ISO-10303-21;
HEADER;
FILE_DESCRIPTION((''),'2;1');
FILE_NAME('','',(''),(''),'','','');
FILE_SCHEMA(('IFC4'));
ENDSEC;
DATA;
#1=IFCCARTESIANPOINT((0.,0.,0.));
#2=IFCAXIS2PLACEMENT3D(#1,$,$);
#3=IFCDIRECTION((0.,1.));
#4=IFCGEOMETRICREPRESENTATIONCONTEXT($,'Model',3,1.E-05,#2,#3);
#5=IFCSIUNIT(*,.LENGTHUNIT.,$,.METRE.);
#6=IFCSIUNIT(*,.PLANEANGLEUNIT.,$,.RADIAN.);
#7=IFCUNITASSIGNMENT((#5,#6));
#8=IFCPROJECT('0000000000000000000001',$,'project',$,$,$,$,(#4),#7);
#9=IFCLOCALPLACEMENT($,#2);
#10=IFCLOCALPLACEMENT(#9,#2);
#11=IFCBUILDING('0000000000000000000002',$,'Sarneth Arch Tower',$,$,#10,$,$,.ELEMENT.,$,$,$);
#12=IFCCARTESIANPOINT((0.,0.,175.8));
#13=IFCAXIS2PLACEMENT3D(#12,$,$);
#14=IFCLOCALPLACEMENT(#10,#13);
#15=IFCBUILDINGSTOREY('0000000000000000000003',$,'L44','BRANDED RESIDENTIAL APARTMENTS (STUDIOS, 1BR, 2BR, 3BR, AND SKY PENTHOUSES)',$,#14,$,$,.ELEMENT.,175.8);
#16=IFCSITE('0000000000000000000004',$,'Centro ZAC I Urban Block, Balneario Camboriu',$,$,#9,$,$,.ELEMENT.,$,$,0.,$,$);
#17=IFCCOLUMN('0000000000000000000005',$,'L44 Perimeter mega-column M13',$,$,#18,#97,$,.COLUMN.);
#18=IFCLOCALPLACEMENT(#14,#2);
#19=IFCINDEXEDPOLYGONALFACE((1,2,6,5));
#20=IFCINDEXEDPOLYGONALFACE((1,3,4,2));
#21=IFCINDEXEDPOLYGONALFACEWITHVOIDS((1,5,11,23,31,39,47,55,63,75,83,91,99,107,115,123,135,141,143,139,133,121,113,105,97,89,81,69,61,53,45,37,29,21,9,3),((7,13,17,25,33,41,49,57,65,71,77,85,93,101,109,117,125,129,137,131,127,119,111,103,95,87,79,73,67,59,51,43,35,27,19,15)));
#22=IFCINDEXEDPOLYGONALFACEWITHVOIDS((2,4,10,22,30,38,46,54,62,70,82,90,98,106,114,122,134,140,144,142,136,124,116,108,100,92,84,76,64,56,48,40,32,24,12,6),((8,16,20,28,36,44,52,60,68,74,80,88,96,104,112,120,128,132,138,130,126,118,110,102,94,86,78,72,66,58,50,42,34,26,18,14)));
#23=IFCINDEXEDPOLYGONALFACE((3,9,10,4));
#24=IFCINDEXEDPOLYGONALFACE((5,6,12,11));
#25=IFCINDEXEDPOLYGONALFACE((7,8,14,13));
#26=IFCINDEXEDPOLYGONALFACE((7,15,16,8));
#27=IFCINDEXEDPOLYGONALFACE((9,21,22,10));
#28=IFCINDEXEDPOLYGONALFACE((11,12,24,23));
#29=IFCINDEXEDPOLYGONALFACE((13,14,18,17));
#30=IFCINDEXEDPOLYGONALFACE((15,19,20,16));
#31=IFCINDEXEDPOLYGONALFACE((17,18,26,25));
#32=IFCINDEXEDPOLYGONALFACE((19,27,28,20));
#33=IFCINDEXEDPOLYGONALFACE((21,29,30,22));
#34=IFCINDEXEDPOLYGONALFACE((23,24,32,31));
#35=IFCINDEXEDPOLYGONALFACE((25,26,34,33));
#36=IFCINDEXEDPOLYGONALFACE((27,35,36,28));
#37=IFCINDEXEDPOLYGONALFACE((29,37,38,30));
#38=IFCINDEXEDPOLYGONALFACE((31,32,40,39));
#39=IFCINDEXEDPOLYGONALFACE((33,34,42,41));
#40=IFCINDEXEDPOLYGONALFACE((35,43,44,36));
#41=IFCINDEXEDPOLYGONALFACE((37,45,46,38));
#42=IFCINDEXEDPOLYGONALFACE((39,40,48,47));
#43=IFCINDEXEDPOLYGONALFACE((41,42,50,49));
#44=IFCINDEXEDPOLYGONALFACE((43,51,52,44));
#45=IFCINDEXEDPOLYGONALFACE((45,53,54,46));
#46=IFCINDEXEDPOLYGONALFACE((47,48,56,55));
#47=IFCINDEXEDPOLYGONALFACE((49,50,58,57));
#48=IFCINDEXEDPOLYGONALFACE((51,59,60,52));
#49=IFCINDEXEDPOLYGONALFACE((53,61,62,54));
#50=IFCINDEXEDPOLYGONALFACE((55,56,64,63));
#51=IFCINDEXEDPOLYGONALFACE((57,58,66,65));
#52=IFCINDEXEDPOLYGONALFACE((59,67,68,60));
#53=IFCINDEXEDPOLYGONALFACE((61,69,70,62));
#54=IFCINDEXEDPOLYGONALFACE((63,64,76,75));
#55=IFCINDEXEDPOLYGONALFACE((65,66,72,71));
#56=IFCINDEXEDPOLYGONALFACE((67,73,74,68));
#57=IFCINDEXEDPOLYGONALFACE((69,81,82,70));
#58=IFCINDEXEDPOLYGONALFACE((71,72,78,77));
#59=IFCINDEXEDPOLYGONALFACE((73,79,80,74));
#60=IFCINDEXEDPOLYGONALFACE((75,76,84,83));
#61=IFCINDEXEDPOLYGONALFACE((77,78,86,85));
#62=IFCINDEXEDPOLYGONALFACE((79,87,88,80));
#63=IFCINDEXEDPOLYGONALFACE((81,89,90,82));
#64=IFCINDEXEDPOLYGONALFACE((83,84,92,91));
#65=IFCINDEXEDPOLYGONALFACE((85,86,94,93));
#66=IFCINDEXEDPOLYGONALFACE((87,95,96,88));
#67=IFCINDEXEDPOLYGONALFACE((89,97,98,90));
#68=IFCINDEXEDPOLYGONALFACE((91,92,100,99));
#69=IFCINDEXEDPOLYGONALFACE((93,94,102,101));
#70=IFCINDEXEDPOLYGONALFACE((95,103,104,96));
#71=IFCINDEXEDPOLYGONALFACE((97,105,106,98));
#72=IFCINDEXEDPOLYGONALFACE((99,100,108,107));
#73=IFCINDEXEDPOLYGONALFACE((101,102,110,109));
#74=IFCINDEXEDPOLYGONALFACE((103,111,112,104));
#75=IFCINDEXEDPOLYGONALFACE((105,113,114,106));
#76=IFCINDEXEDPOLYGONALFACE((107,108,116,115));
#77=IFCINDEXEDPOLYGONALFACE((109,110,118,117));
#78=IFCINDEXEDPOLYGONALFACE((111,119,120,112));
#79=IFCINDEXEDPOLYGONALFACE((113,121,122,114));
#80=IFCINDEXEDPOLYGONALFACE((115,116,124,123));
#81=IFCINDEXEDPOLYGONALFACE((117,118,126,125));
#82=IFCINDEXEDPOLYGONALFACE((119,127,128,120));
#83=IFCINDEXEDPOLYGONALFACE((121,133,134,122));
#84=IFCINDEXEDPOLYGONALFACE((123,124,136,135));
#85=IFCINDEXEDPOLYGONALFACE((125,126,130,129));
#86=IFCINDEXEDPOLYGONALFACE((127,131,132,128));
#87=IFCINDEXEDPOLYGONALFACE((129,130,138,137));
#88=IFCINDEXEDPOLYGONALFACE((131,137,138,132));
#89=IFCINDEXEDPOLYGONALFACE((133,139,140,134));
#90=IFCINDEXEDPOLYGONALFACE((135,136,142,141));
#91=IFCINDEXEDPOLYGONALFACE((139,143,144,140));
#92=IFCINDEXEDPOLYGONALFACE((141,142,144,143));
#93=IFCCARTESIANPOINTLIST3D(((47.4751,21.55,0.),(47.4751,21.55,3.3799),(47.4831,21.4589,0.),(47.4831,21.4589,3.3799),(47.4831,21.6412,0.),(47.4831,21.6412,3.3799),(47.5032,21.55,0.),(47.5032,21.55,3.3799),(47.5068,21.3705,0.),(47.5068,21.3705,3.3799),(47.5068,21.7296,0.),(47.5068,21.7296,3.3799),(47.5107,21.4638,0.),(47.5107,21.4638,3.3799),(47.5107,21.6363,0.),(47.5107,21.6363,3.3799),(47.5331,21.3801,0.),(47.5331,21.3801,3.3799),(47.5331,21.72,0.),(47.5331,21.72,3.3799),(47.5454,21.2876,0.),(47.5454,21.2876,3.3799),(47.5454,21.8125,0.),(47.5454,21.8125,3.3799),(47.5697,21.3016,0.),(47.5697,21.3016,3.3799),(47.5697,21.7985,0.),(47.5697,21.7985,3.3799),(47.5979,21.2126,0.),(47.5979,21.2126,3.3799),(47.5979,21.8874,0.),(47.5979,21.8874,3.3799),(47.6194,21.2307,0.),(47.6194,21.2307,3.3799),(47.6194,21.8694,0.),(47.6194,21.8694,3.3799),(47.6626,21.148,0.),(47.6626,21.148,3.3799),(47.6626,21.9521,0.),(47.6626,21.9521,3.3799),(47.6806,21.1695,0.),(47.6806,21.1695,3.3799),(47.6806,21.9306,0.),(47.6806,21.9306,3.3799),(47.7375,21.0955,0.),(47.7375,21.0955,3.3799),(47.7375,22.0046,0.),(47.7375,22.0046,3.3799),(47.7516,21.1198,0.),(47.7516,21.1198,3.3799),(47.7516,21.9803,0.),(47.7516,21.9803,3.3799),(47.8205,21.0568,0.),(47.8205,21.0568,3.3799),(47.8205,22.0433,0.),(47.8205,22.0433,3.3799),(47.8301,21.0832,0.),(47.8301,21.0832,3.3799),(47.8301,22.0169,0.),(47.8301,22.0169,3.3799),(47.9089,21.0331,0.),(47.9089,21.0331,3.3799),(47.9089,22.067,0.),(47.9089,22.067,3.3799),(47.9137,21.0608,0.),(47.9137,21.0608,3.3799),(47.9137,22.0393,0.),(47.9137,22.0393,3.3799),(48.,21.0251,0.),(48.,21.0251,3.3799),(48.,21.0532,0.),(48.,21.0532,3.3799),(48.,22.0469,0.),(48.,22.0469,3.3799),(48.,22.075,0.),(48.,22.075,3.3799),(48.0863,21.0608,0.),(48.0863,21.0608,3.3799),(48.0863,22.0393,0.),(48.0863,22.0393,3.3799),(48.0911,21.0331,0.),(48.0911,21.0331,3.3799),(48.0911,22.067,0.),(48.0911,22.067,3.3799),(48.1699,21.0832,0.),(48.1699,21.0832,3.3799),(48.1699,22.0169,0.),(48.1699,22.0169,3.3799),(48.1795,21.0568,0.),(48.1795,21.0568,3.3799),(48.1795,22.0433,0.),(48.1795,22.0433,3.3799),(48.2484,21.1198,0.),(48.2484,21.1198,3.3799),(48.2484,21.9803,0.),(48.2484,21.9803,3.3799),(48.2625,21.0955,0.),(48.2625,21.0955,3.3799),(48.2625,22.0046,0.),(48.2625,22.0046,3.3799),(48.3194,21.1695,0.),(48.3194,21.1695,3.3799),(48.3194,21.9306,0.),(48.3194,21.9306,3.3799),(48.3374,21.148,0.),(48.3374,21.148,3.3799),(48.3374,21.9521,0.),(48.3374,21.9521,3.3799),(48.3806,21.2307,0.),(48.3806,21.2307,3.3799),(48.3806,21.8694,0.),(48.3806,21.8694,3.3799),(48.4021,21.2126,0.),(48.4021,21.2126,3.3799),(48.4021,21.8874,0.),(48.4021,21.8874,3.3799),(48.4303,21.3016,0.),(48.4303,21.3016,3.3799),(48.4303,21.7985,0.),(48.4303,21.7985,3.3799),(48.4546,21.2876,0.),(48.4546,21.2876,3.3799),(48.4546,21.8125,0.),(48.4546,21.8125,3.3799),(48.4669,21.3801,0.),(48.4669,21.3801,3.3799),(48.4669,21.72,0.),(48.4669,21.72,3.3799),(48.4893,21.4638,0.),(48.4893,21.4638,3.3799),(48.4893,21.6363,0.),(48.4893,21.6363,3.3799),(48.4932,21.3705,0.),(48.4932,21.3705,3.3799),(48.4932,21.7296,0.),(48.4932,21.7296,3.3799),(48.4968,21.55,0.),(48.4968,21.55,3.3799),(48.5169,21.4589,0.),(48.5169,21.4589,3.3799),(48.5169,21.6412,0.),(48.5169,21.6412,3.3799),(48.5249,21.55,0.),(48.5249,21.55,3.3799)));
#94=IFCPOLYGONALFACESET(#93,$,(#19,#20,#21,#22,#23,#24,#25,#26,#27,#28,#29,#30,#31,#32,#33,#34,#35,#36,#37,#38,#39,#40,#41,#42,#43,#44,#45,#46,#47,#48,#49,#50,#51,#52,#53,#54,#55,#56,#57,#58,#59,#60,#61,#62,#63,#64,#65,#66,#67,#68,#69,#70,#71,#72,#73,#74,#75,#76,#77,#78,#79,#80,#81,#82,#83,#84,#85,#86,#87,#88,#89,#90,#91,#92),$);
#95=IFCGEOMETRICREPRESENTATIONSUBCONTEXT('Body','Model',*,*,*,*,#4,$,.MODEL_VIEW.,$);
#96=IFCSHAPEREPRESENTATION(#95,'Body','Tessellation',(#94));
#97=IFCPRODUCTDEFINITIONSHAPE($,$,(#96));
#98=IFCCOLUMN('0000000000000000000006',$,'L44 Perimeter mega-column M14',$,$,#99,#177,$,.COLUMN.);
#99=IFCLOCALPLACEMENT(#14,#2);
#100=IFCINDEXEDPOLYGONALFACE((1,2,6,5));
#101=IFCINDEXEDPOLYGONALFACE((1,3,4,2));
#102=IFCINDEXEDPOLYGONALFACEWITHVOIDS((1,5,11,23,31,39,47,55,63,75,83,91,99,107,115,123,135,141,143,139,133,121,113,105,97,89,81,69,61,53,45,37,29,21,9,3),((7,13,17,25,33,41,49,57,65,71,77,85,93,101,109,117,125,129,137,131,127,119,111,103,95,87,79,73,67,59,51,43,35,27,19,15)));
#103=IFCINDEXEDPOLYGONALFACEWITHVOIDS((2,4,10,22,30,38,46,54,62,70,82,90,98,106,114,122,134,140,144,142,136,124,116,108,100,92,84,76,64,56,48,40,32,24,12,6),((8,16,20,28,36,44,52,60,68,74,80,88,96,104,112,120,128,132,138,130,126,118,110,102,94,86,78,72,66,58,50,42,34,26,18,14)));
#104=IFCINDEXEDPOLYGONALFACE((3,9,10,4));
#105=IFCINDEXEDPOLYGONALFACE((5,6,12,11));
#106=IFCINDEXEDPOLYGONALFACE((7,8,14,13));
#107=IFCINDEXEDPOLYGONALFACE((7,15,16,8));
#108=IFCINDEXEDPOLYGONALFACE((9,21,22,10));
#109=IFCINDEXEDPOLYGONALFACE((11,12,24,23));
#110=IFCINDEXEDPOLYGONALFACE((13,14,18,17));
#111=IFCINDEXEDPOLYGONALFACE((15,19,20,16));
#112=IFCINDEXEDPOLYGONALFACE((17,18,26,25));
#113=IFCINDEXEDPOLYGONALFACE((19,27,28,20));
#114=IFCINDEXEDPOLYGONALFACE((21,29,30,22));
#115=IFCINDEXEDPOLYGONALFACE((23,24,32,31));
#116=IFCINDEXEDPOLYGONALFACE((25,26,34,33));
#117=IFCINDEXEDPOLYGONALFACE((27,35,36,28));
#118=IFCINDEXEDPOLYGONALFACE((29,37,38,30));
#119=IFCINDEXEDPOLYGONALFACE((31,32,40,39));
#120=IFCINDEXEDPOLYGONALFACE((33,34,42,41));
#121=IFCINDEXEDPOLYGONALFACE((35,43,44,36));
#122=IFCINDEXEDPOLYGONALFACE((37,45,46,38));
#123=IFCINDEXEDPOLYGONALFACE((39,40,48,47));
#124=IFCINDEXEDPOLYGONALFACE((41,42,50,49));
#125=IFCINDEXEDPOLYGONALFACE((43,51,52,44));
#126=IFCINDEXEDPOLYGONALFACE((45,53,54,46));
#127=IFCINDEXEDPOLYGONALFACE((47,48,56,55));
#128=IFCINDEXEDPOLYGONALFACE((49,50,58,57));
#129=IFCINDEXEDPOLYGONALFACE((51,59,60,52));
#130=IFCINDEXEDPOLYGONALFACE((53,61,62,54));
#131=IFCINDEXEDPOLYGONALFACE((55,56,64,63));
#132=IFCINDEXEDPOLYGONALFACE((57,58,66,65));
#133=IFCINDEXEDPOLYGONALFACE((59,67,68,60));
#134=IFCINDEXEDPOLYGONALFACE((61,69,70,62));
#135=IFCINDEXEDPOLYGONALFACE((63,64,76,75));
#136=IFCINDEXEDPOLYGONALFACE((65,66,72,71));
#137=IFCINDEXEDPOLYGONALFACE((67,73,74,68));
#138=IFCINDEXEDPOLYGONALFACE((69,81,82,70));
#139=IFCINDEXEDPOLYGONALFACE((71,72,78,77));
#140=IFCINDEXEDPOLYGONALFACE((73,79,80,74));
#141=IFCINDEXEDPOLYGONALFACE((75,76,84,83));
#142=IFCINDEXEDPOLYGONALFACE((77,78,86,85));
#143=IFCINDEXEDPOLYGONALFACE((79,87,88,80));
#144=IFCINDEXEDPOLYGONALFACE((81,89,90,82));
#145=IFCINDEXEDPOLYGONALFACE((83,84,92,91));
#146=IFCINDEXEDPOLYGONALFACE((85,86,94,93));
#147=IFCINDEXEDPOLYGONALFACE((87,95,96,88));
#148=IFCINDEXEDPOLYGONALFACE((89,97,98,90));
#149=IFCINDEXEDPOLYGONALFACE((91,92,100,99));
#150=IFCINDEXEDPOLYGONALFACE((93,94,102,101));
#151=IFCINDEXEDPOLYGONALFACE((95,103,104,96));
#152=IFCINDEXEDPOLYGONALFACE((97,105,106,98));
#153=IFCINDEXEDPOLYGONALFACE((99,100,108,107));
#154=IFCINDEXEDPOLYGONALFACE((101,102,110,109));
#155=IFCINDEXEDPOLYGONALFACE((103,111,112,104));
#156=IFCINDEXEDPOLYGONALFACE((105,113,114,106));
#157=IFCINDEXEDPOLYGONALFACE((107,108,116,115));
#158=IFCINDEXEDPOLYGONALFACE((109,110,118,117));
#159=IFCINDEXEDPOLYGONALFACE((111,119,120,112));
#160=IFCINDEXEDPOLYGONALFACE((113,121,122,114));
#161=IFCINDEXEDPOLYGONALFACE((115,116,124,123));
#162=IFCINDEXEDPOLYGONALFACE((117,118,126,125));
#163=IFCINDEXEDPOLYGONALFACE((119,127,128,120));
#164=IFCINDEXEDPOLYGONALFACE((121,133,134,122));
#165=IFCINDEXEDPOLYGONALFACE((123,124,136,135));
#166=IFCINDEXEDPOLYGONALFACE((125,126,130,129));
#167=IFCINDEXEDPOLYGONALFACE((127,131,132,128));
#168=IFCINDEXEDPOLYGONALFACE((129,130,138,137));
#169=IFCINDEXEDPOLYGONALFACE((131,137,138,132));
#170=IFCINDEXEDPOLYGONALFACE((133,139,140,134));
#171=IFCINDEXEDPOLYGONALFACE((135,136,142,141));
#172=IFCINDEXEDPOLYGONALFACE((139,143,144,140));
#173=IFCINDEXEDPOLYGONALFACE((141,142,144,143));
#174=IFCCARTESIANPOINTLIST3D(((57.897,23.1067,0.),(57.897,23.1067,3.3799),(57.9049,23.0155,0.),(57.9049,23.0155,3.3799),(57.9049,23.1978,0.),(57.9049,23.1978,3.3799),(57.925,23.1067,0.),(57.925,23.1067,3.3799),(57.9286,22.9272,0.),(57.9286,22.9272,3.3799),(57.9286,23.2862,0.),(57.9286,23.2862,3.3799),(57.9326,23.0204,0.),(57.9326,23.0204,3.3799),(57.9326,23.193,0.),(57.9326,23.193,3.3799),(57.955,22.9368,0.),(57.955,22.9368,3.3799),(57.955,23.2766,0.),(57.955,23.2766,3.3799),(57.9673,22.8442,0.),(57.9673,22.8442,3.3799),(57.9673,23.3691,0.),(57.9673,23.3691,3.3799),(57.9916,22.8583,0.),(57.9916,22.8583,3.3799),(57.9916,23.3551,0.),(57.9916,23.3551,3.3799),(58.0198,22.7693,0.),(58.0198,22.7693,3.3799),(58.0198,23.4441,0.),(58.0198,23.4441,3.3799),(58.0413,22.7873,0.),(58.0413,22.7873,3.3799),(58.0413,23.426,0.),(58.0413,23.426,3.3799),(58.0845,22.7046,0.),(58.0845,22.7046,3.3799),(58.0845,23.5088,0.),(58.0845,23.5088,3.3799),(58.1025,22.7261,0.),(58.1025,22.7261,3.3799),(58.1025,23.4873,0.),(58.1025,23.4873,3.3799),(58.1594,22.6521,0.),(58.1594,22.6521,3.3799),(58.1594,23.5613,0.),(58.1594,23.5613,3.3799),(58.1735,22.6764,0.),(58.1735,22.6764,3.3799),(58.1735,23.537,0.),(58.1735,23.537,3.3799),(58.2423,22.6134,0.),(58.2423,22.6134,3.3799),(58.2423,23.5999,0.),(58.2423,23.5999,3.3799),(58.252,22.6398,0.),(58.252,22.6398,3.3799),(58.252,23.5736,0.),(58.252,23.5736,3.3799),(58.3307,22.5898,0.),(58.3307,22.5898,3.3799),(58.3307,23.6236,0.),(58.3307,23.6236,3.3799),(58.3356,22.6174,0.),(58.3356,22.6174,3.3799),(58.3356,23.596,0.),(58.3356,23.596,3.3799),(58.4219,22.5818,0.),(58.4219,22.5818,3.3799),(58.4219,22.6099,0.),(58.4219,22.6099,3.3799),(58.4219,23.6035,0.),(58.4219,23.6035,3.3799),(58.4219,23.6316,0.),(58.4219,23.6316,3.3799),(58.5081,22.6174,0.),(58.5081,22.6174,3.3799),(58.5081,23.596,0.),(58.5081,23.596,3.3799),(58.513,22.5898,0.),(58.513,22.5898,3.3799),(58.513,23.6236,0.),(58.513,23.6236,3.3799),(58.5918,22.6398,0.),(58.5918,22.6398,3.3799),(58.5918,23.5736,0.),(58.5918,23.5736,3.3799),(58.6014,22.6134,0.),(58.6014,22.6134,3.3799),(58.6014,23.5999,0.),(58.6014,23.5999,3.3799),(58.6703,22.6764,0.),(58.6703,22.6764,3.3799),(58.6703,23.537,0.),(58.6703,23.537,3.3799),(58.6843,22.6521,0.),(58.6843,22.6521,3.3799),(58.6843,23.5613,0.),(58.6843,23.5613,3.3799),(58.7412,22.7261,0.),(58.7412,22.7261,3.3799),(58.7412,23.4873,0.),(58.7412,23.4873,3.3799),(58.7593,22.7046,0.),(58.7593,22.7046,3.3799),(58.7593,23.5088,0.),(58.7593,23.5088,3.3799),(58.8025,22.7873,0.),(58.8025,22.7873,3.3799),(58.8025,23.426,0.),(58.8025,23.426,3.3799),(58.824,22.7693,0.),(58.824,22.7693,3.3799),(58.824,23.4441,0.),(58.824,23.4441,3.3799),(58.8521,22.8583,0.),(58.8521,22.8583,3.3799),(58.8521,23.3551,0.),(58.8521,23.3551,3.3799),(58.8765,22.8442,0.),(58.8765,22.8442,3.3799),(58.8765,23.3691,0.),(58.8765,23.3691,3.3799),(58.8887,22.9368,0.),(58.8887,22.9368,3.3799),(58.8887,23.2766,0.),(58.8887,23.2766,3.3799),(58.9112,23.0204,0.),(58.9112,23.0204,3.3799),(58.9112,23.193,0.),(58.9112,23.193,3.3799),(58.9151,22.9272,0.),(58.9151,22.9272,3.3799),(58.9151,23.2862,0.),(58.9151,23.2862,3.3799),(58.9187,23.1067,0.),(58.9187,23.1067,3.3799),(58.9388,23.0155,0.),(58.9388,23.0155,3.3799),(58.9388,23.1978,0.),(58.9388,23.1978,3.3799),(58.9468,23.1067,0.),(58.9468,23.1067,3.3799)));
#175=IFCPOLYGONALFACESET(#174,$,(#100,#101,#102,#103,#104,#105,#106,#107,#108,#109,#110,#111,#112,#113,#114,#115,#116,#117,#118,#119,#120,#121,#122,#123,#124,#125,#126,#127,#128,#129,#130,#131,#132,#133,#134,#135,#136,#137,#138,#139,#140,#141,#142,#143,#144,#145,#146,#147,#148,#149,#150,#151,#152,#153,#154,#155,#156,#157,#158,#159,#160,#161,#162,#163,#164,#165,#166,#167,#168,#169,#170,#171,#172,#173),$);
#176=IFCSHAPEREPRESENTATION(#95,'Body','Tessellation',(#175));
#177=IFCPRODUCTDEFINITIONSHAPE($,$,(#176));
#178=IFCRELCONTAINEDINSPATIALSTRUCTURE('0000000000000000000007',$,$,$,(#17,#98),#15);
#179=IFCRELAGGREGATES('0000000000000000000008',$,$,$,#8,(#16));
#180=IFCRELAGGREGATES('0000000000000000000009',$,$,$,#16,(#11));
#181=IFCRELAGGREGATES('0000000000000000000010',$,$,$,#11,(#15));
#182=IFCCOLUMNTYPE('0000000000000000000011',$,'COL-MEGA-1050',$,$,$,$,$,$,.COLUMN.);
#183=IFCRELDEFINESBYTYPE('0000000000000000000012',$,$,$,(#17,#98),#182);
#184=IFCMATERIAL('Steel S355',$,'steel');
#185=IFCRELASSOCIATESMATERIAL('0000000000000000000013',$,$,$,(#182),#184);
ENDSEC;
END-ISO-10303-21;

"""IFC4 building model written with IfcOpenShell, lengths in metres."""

from ifc_helpers import new_model, si_unit, direction, frame, origin, origin_2d, place, context, subcontext, project, spatial, hollow_circle, extrude, material, material_profile, profile_set, type_object, element, save


model = new_model("IFC4")

# Units and contexts
model_context = context("Model", 3, precision=1e-05, world=origin(), true_north=direction((0.0, 1.0)))
body_context = subcontext(model_context, "Body", "Model", "MODEL_VIEW")
ifc_project = project(units=[si_unit("LENGTHUNIT", "METRE"), si_unit("PLANEANGLEUNIT", "RADIAN")], contexts=[model_context])

# Site, building, storey
site_placement = place(None, origin())
site = spatial("IfcSite", under=ifc_project, at=site_placement, Name="Centro ZAC I Urban Block, Balneario Camboriu", CompositionType="ELEMENT", RefElevation=0.0)
building_placement = place(site_placement, origin())
building = spatial("IfcBuilding", under=site, at=building_placement, Name="Sarneth Arch Tower", CompositionType="ELEMENT")
storey_placement = place(building_placement, frame((0.0, 0.0, 175.8)))
storey = spatial("IfcBuildingStorey", under=building, at=storey_placement, Name="L44", Description="BRANDED RESIDENTIAL APARTMENTS (STUDIOS, 1BR, 2BR, 3BR, AND SKY PENTHOUSES)", CompositionType="ELEMENT", Elevation=175.8)

# Columns
ifc_material_1 = material(Name="Steel S355", Category="steel")
ifc_material_profile_1 = material_profile(ifc_material_1, hollow_circle(Radius=0.5249, WallThickness=0.0281, at=origin_2d()), Name="CHS1050x28")
ifc_profile_set_1 = profile_set([ifc_material_profile_1], Name="Steel S355")
column_type = type_object("IfcColumnType", Name="COL-MEGA-1050", PredefinedType="COLUMN", material=ifc_profile_set_1)
for number, where, z_axis, x_axis, name in (
    (1, (48.0, 21.55, 0.0), (0.0, 0.0, 1.0), (1.0, 0.0, 0.0), "L44 Perimeter mega-column M13"),
    (2, (58.4219, 23.1067, 0.0), (0.0, 0.0, 1.0), (1.0, 0.0, 0.0), "L44 Perimeter mega-column M14"),
):
    element("IfcColumn", number, at=place(storey_placement, frame(where, z_axis=z_axis, x_axis=x_axis)), inside=storey, type_object=column_type, Name=name, PredefinedType="COLUMN", context=body_context, shape_type="SweptSolid", body=[
        extrude(hollow_circle(Radius=0.5249, WallThickness=0.0281, at=origin_2d()), origin(), (0.0, 0.0, 1.0), 3.3799),
    ])

save(model, "model.ifc")
